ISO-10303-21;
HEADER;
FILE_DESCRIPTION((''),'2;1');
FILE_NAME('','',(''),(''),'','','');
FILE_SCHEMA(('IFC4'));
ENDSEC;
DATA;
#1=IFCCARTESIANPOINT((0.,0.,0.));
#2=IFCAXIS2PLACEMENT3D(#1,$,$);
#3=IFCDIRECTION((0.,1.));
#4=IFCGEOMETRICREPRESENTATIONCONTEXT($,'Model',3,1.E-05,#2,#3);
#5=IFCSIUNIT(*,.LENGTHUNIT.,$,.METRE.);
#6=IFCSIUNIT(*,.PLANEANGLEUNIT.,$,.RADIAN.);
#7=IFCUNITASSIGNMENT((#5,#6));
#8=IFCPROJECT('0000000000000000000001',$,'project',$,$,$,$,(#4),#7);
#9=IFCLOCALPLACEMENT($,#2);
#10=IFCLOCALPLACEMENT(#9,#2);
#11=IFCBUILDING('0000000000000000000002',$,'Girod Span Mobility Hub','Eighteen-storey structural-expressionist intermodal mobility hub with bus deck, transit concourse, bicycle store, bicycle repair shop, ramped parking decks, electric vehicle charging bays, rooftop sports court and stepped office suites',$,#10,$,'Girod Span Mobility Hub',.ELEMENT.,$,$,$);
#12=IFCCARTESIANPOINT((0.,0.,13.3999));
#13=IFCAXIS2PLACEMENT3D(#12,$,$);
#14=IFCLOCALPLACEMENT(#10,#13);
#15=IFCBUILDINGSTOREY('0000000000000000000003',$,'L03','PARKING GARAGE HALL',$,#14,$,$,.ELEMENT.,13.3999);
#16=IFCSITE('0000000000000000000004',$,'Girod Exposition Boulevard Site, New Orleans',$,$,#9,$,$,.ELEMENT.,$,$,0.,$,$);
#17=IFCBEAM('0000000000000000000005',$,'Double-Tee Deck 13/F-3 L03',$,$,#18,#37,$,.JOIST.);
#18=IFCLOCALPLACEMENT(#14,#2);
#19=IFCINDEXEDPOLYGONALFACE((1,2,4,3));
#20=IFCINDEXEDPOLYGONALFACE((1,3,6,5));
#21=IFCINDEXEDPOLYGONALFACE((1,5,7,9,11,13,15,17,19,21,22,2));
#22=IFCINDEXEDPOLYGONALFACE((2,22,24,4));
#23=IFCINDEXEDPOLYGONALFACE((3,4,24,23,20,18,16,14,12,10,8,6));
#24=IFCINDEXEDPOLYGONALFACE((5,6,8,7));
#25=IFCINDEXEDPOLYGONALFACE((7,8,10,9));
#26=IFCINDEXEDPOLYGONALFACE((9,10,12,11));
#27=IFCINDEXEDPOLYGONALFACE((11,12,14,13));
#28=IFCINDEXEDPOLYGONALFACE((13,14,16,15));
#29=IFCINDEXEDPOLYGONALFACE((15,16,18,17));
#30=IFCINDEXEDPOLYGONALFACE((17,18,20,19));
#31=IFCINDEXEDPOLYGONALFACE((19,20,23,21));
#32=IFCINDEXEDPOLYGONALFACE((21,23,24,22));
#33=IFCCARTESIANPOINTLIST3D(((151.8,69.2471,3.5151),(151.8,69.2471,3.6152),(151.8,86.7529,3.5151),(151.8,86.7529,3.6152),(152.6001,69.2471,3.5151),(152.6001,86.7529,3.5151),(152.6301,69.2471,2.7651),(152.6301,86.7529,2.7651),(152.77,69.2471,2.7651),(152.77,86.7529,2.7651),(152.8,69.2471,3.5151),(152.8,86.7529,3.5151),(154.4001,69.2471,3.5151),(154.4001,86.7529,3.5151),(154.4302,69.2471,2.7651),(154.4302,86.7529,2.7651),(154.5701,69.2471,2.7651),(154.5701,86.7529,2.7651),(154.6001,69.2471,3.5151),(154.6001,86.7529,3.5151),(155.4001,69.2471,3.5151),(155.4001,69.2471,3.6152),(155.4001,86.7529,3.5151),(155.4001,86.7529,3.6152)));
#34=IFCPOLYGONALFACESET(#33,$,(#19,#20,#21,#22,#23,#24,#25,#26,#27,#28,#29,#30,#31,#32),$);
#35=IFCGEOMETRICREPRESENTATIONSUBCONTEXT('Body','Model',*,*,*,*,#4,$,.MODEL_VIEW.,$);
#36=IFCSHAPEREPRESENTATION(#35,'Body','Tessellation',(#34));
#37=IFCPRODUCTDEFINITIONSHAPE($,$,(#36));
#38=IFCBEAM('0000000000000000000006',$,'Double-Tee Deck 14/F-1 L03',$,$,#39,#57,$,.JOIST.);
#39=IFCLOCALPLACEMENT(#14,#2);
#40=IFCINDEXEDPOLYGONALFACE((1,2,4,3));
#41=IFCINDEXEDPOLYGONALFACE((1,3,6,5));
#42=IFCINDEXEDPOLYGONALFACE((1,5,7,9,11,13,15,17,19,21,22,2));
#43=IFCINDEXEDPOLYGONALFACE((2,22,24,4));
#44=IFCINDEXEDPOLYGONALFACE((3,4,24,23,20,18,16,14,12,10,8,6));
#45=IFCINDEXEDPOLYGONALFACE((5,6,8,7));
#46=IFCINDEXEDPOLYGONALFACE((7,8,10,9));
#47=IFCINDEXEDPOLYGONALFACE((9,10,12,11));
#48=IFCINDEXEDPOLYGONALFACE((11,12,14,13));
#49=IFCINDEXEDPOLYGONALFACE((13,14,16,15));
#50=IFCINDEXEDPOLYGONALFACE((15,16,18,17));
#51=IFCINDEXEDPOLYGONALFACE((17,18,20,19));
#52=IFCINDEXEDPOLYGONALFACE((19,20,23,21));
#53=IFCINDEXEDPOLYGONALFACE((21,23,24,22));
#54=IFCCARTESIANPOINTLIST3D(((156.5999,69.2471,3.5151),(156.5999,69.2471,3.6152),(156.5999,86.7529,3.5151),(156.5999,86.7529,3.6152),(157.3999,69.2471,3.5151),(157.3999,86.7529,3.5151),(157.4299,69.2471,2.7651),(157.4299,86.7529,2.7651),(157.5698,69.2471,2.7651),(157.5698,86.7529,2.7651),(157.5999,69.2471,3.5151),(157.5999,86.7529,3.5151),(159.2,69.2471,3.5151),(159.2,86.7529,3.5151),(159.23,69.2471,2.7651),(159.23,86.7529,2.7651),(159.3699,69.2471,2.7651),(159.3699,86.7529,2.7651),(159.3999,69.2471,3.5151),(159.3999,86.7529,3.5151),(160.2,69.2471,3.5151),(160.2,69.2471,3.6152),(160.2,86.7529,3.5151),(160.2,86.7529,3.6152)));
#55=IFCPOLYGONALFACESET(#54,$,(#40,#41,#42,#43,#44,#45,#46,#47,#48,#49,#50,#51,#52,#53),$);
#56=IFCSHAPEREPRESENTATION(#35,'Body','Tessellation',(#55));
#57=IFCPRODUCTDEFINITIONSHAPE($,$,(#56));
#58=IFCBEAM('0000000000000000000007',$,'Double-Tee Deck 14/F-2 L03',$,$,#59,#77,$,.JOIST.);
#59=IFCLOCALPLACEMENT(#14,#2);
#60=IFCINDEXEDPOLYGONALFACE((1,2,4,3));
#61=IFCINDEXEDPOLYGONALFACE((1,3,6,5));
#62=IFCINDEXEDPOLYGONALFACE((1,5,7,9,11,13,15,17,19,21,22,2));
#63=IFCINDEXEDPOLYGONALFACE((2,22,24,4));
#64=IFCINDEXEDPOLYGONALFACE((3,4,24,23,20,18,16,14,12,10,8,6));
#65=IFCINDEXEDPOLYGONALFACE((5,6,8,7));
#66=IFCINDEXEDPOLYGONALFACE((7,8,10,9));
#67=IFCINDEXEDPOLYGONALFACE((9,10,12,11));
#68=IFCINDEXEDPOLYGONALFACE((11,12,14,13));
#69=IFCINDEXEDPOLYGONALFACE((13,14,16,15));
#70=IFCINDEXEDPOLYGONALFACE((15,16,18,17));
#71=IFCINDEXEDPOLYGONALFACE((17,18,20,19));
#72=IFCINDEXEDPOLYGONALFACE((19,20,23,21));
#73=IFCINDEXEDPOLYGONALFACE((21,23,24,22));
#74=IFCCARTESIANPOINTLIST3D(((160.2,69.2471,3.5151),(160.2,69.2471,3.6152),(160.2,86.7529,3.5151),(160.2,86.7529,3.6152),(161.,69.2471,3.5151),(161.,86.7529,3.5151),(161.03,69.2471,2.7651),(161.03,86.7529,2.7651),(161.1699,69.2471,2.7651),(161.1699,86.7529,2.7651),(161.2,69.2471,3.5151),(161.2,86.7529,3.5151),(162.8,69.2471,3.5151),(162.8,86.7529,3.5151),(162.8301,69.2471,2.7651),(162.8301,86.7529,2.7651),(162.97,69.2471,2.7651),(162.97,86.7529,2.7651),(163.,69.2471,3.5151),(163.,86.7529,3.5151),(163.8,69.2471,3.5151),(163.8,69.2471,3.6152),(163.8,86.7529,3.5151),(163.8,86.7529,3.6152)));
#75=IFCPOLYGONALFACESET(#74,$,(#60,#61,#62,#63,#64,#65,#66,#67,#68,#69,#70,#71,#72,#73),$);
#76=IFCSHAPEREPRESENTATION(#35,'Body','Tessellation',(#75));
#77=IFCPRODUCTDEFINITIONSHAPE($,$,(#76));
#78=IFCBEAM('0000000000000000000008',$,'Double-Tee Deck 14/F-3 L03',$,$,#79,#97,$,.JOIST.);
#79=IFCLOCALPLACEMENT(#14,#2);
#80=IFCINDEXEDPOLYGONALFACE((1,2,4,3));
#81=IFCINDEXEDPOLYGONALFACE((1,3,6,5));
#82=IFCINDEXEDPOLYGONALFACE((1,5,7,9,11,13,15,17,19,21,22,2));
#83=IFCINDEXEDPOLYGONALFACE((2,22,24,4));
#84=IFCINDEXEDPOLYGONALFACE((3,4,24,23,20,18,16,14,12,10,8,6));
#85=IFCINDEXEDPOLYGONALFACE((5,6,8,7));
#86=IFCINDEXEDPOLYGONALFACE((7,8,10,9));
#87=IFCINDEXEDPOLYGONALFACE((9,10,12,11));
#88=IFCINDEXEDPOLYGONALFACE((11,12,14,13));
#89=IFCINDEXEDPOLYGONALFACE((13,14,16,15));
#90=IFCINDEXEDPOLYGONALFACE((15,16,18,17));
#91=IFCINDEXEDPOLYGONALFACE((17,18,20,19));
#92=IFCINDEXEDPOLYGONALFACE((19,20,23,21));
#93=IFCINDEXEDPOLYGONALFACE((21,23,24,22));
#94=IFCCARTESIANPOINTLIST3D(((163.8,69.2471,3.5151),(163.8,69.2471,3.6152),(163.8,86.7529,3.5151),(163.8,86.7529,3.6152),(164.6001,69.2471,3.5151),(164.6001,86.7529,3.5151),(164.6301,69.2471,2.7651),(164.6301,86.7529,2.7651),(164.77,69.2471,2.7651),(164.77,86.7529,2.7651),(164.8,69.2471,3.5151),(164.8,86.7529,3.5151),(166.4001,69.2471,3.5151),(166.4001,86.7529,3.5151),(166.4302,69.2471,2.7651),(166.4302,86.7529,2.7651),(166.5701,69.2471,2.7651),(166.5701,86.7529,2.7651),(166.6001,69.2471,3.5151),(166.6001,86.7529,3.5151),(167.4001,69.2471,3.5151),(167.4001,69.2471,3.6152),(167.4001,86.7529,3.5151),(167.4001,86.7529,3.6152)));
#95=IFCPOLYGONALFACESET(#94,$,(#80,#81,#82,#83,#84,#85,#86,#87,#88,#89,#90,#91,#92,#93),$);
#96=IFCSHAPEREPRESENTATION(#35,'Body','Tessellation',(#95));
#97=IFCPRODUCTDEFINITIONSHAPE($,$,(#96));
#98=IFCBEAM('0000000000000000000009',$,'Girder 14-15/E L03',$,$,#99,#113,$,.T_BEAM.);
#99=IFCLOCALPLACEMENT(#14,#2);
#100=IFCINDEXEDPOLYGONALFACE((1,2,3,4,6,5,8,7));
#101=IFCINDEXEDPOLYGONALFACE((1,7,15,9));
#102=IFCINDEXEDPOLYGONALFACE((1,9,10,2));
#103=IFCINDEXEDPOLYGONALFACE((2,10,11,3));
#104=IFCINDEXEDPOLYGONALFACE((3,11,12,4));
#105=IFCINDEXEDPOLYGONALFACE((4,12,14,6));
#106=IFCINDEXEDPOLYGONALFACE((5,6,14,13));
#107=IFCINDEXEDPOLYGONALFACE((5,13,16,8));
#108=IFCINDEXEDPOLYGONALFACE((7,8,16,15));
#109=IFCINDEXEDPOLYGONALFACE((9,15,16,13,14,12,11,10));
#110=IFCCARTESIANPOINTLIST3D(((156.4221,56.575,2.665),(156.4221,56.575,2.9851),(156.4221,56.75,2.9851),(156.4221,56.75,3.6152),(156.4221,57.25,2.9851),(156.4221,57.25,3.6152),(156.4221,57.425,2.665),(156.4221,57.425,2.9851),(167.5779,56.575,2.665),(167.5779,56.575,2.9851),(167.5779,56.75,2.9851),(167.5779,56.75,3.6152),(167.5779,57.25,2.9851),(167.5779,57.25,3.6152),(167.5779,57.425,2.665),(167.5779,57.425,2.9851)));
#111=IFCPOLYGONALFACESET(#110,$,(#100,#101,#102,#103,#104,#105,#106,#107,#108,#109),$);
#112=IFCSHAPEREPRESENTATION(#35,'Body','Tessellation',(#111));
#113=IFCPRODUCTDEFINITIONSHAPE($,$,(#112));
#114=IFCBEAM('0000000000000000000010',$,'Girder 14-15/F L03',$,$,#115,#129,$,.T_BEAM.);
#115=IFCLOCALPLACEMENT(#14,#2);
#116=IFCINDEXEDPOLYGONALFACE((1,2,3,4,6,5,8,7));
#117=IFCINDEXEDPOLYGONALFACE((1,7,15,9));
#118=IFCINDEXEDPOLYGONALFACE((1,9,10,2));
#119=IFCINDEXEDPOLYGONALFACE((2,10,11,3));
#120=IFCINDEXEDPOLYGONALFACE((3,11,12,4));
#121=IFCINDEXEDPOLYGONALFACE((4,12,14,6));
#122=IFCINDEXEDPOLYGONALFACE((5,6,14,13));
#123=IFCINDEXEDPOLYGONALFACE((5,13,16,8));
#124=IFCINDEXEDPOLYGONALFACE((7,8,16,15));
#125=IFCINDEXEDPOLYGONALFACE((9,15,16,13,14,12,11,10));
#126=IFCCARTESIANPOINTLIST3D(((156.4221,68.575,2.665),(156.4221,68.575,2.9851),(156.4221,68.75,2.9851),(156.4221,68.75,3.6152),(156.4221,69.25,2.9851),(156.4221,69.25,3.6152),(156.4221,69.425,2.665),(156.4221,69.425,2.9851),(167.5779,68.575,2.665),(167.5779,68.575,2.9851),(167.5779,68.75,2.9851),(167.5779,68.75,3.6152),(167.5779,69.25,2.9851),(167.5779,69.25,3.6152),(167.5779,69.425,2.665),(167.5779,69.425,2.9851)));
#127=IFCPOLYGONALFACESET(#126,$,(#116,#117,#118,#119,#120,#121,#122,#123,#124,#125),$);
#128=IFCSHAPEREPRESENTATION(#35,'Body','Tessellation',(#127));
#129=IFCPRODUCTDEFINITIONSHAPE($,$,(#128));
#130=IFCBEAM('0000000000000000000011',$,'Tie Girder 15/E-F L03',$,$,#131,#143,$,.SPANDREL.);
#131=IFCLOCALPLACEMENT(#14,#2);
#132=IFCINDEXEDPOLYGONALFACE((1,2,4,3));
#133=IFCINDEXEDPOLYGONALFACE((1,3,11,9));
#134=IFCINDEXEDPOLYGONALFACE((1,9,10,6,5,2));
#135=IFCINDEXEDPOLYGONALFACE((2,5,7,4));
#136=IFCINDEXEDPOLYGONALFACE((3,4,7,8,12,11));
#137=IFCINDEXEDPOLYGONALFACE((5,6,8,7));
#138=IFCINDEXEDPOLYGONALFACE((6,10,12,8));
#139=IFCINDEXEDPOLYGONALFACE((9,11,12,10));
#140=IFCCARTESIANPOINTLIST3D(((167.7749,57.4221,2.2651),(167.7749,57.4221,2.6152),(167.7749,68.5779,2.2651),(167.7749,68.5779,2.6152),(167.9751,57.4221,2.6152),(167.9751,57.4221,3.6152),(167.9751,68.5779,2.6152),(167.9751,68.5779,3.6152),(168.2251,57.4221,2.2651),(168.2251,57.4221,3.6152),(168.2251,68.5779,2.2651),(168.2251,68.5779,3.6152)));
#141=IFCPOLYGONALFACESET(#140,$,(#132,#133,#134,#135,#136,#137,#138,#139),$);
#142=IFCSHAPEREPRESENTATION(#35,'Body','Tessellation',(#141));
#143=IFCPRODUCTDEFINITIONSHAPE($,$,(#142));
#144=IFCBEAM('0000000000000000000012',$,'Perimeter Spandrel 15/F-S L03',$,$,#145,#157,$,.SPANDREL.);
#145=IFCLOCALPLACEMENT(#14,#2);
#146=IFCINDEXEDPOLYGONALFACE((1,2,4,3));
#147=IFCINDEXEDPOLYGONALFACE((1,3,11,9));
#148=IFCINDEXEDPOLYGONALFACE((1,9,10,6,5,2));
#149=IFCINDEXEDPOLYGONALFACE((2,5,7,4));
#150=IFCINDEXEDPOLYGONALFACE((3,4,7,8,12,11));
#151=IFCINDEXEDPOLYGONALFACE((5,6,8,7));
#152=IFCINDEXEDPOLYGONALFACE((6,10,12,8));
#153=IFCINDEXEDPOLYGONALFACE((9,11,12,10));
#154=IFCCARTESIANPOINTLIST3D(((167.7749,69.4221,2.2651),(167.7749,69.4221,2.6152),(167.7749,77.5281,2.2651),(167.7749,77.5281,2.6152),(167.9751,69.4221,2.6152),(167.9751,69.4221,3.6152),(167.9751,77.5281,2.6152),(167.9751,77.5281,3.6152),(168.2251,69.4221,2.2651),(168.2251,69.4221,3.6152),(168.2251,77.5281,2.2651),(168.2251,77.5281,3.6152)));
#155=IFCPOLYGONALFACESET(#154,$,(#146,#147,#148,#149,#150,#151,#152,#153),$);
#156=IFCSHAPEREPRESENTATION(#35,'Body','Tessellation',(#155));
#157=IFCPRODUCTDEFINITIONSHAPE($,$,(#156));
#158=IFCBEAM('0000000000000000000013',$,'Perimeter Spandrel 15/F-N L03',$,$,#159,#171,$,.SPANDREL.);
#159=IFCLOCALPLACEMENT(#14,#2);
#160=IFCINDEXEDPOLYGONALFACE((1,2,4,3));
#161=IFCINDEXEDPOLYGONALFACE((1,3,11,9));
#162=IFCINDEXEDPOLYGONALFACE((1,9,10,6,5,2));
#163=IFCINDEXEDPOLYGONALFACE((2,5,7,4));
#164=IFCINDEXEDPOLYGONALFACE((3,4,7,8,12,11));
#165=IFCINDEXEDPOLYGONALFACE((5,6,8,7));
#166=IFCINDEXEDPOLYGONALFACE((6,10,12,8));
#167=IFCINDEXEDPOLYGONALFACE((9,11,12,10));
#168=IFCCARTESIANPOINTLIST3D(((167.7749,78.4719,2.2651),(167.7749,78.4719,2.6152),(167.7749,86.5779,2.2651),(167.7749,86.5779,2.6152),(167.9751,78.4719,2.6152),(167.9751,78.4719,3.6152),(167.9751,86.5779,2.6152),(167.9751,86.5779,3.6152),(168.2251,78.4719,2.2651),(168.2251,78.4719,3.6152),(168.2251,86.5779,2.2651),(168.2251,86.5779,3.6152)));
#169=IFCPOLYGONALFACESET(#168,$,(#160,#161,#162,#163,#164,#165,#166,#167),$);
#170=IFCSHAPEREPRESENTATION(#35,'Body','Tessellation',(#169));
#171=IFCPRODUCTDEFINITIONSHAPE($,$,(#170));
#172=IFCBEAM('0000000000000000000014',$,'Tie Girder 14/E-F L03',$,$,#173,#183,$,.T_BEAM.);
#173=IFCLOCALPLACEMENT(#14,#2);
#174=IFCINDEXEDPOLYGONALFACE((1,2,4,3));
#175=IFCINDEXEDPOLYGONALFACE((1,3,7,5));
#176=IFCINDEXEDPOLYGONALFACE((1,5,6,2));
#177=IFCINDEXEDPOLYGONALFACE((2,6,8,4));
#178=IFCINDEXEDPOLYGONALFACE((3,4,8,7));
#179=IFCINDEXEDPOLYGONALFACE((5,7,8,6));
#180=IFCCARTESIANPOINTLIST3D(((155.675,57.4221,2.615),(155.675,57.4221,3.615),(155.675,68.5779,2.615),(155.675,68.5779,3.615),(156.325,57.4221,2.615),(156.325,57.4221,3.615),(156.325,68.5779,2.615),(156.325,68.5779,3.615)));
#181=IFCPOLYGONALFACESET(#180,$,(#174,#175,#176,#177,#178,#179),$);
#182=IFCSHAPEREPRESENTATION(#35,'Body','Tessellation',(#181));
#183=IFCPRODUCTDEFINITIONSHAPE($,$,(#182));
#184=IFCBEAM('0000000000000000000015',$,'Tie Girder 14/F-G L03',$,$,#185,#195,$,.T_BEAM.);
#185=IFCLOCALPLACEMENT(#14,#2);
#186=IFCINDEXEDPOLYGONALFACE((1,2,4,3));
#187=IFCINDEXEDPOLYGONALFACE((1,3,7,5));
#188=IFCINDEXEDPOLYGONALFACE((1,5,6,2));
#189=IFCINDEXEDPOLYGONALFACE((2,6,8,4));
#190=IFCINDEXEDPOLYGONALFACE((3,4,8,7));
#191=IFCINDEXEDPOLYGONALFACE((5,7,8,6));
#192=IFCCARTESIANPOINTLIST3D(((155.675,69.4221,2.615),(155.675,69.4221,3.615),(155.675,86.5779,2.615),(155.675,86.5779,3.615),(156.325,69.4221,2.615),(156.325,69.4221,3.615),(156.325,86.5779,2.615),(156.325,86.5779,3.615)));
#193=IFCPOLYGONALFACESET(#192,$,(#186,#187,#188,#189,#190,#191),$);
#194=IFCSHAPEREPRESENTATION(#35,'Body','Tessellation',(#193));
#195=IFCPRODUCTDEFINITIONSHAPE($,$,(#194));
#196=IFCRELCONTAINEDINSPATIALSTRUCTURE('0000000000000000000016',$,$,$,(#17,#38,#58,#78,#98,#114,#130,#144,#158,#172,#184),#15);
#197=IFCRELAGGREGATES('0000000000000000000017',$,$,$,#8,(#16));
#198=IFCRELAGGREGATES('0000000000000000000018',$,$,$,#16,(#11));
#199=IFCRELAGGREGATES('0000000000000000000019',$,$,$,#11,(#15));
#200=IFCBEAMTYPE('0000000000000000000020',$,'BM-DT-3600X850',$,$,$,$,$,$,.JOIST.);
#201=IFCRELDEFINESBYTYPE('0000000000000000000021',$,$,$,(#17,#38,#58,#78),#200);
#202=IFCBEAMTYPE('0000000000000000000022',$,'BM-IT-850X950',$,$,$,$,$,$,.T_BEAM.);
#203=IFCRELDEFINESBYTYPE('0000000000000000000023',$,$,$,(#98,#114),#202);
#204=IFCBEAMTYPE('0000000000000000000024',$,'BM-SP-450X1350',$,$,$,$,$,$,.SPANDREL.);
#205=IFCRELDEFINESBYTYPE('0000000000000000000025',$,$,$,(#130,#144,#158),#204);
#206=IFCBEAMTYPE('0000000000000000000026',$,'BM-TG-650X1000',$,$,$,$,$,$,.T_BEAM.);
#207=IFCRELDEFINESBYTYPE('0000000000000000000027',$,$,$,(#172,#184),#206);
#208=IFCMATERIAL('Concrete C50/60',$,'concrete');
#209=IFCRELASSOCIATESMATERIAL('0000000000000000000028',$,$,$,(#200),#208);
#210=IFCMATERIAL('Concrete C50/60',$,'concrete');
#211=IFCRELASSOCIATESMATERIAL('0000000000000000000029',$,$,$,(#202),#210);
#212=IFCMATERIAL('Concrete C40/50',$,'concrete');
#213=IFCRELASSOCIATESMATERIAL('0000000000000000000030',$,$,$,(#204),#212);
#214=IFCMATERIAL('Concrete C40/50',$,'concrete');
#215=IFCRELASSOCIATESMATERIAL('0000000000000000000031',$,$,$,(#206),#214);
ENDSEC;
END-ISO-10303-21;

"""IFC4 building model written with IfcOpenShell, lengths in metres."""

from ifc_helpers import new_model, si_unit, direction, frame, origin, origin_2d, place, context, subcontext, project, spatial, polyline, rectangle, outline, extrude, material, material_profile, profile_set, type_object, element, save


model = new_model("IFC4")

# Units and contexts
model_context = context("Model", 3, precision=1e-05, world=origin(), true_north=direction((0.0, 1.0)))
body_context = subcontext(model_context, "Body", "Model", "MODEL_VIEW")
ifc_project = project(units=[si_unit("LENGTHUNIT", "METRE"), si_unit("PLANEANGLEUNIT", "RADIAN")], contexts=[model_context])

# Site, building, storey
site_placement = place(None, origin())
site = spatial("IfcSite", under=ifc_project, at=site_placement, Name="Girod Exposition Boulevard Site, New Orleans", CompositionType="ELEMENT", RefElevation=0.0)
building_placement = place(site_placement, origin())
building = spatial("IfcBuilding", under=site, at=building_placement, Name="Girod Span Mobility Hub", Description="Eighteen-storey structural-expressionist intermodal mobility hub with bus deck, transit concourse, bicycle store, bicycle repair shop, ramped parking decks, electric vehicle charging bays, rooftop sports court and stepped office suites", LongName="Girod Span Mobility Hub", CompositionType="ELEMENT")
storey_placement = place(building_placement, frame((0.0, 0.0, 13.3999)))
storey = spatial("IfcBuildingStorey", under=building, at=storey_placement, Name="L03", Description="PARKING GARAGE HALL", CompositionType="ELEMENT", Elevation=13.3999)

# Beams
ifc_material_1 = material(Name="Concrete C50/60", Category="concrete")
ifc_material_profile_1 = material_profile(ifc_material_1, outline(polyline([(-1.8, 0.425), (-1.8, 0.325), (-1.0, 0.325), (-0.97, -0.425), (-0.8301, -0.425), (-0.8, 0.325), (0.8, 0.325), (0.8301, -0.425), (0.97, -0.425), (1.0, 0.325), (1.8, 0.325), (1.8, 0.425), (-1.8, 0.425)])), Name="DT-3600X850")
ifc_profile_set_1 = profile_set([ifc_material_profile_1], Name="Concrete C50/60")
beam_type_1 = type_object("IfcBeamType", Name="BM-DT-3600X850", PredefinedType="JOIST", material=ifc_profile_set_1)
for number, where, z_axis, x_axis, name in (
    (1, (153.6001, 69.2471, 3.1902), (0.0, 1.0, 0.0), (-1.0, 0.0, 0.0), "Double-Tee Deck 13/F-3 L03"),
    (2, (158.3999, 69.2471, 3.1902), (0.0, 1.0, 0.0), (-1.0, 0.0, 0.0), "Double-Tee Deck 14/F-1 L03"),
    (3, (162.0, 69.2471, 3.1902), (0.0, 1.0, 0.0), (-1.0, 0.0, 0.0), "Double-Tee Deck 14/F-2 L03"),
    (4, (165.6001, 69.2471, 3.1902), (0.0, 1.0, 0.0), (-1.0, 0.0, 0.0), "Double-Tee Deck 14/F-3 L03"),
):
    element("IfcBeam", number, at=place(storey_placement, frame(where, z_axis=z_axis, x_axis=x_axis)), inside=storey, type_object=beam_type_1, Name=name, PredefinedType="JOIST", context=body_context, shape_type="SweptSolid", body=[
        extrude(outline(polyline([(-1.8, 0.425), (-1.8, 0.325), (-1.0, 0.325), (-0.97, -0.425), (-0.8301, -0.425), (-0.8, 0.325), (0.8, 0.325), (0.8301, -0.425), (0.97, -0.425), (1.0, 0.325), (1.8, 0.325), (1.8, 0.425), (-1.8, 0.425)])), origin(), (0.0, 0.0, 1.0), 17.5059),
    ])
ifc_material_2 = material(Name="Concrete C50/60", Category="concrete")
ifc_material_profile_2 = material_profile(ifc_material_2, outline(polyline([(-0.425, -0.4751), (0.425, -0.4751), (0.425, -0.155), (0.25, -0.155), (0.25, 0.4751), (-0.25, 0.4751), (-0.25, -0.155), (-0.425, -0.155), (-0.425, -0.4751)])), Name="IT-850X950")
ifc_profile_set_2 = profile_set([ifc_material_profile_2], Name="Concrete C50/60")
beam_type_2 = type_object("IfcBeamType", Name="BM-IT-850X950", PredefinedType="T_BEAM", material=ifc_profile_set_2)
for number, where, z_axis, x_axis, name in (
    (5, (156.4221, 57.0, 3.1401), (1.0, 0.0, 0.0), (0.0, 1.0, 0.0), "Girder 14-15/E L03"),
    (6, (156.4221, 69.0, 3.1401), (1.0, 0.0, 0.0), (0.0, 1.0, 0.0), "Girder 14-15/F L03"),
):
    element("IfcBeam", number, at=place(storey_placement, frame(where, z_axis=z_axis, x_axis=x_axis)), inside=storey, type_object=beam_type_2, Name=name, PredefinedType="T_BEAM", context=body_context, shape_type="SweptSolid", body=[
        extrude(outline(polyline([(-0.425, -0.4751), (0.425, -0.4751), (0.425, -0.155), (0.25, -0.155), (0.25, 0.4751), (-0.25, 0.4751), (-0.25, -0.155), (-0.425, -0.155), (-0.425, -0.4751)])), origin(), (0.0, 0.0, 1.0), 11.1558),
    ])
ifc_material_3 = material(Name="Concrete C40/50", Category="concrete")
ifc_material_profile_3 = material_profile(ifc_material_3, outline(polyline([(-0.2251, -0.675), (0.2251, -0.675), (0.2251, -0.325), (0.0249, -0.325), (0.0249, 0.675), (-0.2251, 0.675), (-0.2251, -0.675)])), Name="SP-450X1350")
ifc_profile_set_3 = profile_set([ifc_material_profile_3], Name="Concrete C40/50")
beam_type_3 = type_object("IfcBeamType", Name="BM-SP-450X1350", PredefinedType="SPANDREL", material=ifc_profile_set_3)
beam_1_placement = place(storey_placement, frame((168.0, 57.4221, 2.9402), z_axis=(0.0, 1.0, 0.0), x_axis=(-1.0, 0.0, 0.0)))
element("IfcBeam", 7, at=beam_1_placement, inside=storey, type_object=beam_type_3, Name="Tie Girder 15/E-F L03", PredefinedType="SPANDREL", context=body_context, shape_type="SweptSolid", body=[
    extrude(outline(polyline([(-0.2251, -0.675), (0.2251, -0.675), (0.2251, -0.325), (0.0249, -0.325), (0.0249, 0.675), (-0.2251, 0.675), (-0.2251, -0.675)])), origin(), (0.0, 0.0, 1.0), 11.1558),
])
for number, where, z_axis, x_axis, name in (
    (8, (168.0, 69.4221, 2.9402), (0.0, 1.0, 0.0), (-1.0, 0.0, 0.0), "Perimeter Spandrel 15/F-S L03"),
    (9, (168.0, 78.4719, 2.9402), (0.0, 1.0, 0.0), (-1.0, 0.0, 0.0), "Perimeter Spandrel 15/F-N L03"),
):
    element("IfcBeam", number, at=place(storey_placement, frame(where, z_axis=z_axis, x_axis=x_axis)), inside=storey, type_object=beam_type_3, Name=name, PredefinedType="SPANDREL", context=body_context, shape_type="SweptSolid", body=[
        extrude(outline(polyline([(-0.2251, -0.675), (0.2251, -0.675), (0.2251, -0.325), (0.0249, -0.325), (0.0249, 0.675), (-0.2251, 0.675), (-0.2251, -0.675)])), origin(), (0.0, 0.0, 1.0), 8.106),
    ])
ifc_material_4 = material(Name="Concrete C40/50", Category="concrete")
ifc_material_profile_4 = material_profile(ifc_material_4, rectangle(XDim=0.6499, YDim=1.0, at=origin_2d()), Name="TG-650X1000")
ifc_profile_set_4 = profile_set([ifc_material_profile_4], Name="Concrete C40/50")
beam_type_4 = type_object("IfcBeamType", Name="BM-TG-650X1000", PredefinedType="T_BEAM", material=ifc_profile_set_4)
beam_2_placement = place(storey_placement, frame((156.0, 57.4221, 3.115), z_axis=(0.0, 1.0, 0.0), x_axis=(-1.0, 0.0, 0.0)))
element("IfcBeam", 10, at=beam_2_placement, inside=storey, type_object=beam_type_4, Name="Tie Girder 14/E-F L03", PredefinedType="T_BEAM", context=body_context, shape_type="SweptSolid", body=[
    extrude(rectangle(XDim=0.6499, YDim=1.0, at=origin_2d()), origin(), (0.0, 0.0, 1.0), 11.1558),
])
beam_3_placement = place(storey_placement, frame((156.0, 69.4221, 3.115), z_axis=(0.0, 1.0, 0.0), x_axis=(-1.0, 0.0, 0.0)))
element("IfcBeam", 11, at=beam_3_placement, inside=storey, type_object=beam_type_4, Name="Tie Girder 14/F-G L03", PredefinedType="T_BEAM", context=body_context, shape_type="SweptSolid", body=[
    extrude(rectangle(XDim=0.6499, YDim=1.0, at=origin_2d()), origin(), (0.0, 0.0, 1.0), 17.1558),
])

save(model, "model.ifc")
